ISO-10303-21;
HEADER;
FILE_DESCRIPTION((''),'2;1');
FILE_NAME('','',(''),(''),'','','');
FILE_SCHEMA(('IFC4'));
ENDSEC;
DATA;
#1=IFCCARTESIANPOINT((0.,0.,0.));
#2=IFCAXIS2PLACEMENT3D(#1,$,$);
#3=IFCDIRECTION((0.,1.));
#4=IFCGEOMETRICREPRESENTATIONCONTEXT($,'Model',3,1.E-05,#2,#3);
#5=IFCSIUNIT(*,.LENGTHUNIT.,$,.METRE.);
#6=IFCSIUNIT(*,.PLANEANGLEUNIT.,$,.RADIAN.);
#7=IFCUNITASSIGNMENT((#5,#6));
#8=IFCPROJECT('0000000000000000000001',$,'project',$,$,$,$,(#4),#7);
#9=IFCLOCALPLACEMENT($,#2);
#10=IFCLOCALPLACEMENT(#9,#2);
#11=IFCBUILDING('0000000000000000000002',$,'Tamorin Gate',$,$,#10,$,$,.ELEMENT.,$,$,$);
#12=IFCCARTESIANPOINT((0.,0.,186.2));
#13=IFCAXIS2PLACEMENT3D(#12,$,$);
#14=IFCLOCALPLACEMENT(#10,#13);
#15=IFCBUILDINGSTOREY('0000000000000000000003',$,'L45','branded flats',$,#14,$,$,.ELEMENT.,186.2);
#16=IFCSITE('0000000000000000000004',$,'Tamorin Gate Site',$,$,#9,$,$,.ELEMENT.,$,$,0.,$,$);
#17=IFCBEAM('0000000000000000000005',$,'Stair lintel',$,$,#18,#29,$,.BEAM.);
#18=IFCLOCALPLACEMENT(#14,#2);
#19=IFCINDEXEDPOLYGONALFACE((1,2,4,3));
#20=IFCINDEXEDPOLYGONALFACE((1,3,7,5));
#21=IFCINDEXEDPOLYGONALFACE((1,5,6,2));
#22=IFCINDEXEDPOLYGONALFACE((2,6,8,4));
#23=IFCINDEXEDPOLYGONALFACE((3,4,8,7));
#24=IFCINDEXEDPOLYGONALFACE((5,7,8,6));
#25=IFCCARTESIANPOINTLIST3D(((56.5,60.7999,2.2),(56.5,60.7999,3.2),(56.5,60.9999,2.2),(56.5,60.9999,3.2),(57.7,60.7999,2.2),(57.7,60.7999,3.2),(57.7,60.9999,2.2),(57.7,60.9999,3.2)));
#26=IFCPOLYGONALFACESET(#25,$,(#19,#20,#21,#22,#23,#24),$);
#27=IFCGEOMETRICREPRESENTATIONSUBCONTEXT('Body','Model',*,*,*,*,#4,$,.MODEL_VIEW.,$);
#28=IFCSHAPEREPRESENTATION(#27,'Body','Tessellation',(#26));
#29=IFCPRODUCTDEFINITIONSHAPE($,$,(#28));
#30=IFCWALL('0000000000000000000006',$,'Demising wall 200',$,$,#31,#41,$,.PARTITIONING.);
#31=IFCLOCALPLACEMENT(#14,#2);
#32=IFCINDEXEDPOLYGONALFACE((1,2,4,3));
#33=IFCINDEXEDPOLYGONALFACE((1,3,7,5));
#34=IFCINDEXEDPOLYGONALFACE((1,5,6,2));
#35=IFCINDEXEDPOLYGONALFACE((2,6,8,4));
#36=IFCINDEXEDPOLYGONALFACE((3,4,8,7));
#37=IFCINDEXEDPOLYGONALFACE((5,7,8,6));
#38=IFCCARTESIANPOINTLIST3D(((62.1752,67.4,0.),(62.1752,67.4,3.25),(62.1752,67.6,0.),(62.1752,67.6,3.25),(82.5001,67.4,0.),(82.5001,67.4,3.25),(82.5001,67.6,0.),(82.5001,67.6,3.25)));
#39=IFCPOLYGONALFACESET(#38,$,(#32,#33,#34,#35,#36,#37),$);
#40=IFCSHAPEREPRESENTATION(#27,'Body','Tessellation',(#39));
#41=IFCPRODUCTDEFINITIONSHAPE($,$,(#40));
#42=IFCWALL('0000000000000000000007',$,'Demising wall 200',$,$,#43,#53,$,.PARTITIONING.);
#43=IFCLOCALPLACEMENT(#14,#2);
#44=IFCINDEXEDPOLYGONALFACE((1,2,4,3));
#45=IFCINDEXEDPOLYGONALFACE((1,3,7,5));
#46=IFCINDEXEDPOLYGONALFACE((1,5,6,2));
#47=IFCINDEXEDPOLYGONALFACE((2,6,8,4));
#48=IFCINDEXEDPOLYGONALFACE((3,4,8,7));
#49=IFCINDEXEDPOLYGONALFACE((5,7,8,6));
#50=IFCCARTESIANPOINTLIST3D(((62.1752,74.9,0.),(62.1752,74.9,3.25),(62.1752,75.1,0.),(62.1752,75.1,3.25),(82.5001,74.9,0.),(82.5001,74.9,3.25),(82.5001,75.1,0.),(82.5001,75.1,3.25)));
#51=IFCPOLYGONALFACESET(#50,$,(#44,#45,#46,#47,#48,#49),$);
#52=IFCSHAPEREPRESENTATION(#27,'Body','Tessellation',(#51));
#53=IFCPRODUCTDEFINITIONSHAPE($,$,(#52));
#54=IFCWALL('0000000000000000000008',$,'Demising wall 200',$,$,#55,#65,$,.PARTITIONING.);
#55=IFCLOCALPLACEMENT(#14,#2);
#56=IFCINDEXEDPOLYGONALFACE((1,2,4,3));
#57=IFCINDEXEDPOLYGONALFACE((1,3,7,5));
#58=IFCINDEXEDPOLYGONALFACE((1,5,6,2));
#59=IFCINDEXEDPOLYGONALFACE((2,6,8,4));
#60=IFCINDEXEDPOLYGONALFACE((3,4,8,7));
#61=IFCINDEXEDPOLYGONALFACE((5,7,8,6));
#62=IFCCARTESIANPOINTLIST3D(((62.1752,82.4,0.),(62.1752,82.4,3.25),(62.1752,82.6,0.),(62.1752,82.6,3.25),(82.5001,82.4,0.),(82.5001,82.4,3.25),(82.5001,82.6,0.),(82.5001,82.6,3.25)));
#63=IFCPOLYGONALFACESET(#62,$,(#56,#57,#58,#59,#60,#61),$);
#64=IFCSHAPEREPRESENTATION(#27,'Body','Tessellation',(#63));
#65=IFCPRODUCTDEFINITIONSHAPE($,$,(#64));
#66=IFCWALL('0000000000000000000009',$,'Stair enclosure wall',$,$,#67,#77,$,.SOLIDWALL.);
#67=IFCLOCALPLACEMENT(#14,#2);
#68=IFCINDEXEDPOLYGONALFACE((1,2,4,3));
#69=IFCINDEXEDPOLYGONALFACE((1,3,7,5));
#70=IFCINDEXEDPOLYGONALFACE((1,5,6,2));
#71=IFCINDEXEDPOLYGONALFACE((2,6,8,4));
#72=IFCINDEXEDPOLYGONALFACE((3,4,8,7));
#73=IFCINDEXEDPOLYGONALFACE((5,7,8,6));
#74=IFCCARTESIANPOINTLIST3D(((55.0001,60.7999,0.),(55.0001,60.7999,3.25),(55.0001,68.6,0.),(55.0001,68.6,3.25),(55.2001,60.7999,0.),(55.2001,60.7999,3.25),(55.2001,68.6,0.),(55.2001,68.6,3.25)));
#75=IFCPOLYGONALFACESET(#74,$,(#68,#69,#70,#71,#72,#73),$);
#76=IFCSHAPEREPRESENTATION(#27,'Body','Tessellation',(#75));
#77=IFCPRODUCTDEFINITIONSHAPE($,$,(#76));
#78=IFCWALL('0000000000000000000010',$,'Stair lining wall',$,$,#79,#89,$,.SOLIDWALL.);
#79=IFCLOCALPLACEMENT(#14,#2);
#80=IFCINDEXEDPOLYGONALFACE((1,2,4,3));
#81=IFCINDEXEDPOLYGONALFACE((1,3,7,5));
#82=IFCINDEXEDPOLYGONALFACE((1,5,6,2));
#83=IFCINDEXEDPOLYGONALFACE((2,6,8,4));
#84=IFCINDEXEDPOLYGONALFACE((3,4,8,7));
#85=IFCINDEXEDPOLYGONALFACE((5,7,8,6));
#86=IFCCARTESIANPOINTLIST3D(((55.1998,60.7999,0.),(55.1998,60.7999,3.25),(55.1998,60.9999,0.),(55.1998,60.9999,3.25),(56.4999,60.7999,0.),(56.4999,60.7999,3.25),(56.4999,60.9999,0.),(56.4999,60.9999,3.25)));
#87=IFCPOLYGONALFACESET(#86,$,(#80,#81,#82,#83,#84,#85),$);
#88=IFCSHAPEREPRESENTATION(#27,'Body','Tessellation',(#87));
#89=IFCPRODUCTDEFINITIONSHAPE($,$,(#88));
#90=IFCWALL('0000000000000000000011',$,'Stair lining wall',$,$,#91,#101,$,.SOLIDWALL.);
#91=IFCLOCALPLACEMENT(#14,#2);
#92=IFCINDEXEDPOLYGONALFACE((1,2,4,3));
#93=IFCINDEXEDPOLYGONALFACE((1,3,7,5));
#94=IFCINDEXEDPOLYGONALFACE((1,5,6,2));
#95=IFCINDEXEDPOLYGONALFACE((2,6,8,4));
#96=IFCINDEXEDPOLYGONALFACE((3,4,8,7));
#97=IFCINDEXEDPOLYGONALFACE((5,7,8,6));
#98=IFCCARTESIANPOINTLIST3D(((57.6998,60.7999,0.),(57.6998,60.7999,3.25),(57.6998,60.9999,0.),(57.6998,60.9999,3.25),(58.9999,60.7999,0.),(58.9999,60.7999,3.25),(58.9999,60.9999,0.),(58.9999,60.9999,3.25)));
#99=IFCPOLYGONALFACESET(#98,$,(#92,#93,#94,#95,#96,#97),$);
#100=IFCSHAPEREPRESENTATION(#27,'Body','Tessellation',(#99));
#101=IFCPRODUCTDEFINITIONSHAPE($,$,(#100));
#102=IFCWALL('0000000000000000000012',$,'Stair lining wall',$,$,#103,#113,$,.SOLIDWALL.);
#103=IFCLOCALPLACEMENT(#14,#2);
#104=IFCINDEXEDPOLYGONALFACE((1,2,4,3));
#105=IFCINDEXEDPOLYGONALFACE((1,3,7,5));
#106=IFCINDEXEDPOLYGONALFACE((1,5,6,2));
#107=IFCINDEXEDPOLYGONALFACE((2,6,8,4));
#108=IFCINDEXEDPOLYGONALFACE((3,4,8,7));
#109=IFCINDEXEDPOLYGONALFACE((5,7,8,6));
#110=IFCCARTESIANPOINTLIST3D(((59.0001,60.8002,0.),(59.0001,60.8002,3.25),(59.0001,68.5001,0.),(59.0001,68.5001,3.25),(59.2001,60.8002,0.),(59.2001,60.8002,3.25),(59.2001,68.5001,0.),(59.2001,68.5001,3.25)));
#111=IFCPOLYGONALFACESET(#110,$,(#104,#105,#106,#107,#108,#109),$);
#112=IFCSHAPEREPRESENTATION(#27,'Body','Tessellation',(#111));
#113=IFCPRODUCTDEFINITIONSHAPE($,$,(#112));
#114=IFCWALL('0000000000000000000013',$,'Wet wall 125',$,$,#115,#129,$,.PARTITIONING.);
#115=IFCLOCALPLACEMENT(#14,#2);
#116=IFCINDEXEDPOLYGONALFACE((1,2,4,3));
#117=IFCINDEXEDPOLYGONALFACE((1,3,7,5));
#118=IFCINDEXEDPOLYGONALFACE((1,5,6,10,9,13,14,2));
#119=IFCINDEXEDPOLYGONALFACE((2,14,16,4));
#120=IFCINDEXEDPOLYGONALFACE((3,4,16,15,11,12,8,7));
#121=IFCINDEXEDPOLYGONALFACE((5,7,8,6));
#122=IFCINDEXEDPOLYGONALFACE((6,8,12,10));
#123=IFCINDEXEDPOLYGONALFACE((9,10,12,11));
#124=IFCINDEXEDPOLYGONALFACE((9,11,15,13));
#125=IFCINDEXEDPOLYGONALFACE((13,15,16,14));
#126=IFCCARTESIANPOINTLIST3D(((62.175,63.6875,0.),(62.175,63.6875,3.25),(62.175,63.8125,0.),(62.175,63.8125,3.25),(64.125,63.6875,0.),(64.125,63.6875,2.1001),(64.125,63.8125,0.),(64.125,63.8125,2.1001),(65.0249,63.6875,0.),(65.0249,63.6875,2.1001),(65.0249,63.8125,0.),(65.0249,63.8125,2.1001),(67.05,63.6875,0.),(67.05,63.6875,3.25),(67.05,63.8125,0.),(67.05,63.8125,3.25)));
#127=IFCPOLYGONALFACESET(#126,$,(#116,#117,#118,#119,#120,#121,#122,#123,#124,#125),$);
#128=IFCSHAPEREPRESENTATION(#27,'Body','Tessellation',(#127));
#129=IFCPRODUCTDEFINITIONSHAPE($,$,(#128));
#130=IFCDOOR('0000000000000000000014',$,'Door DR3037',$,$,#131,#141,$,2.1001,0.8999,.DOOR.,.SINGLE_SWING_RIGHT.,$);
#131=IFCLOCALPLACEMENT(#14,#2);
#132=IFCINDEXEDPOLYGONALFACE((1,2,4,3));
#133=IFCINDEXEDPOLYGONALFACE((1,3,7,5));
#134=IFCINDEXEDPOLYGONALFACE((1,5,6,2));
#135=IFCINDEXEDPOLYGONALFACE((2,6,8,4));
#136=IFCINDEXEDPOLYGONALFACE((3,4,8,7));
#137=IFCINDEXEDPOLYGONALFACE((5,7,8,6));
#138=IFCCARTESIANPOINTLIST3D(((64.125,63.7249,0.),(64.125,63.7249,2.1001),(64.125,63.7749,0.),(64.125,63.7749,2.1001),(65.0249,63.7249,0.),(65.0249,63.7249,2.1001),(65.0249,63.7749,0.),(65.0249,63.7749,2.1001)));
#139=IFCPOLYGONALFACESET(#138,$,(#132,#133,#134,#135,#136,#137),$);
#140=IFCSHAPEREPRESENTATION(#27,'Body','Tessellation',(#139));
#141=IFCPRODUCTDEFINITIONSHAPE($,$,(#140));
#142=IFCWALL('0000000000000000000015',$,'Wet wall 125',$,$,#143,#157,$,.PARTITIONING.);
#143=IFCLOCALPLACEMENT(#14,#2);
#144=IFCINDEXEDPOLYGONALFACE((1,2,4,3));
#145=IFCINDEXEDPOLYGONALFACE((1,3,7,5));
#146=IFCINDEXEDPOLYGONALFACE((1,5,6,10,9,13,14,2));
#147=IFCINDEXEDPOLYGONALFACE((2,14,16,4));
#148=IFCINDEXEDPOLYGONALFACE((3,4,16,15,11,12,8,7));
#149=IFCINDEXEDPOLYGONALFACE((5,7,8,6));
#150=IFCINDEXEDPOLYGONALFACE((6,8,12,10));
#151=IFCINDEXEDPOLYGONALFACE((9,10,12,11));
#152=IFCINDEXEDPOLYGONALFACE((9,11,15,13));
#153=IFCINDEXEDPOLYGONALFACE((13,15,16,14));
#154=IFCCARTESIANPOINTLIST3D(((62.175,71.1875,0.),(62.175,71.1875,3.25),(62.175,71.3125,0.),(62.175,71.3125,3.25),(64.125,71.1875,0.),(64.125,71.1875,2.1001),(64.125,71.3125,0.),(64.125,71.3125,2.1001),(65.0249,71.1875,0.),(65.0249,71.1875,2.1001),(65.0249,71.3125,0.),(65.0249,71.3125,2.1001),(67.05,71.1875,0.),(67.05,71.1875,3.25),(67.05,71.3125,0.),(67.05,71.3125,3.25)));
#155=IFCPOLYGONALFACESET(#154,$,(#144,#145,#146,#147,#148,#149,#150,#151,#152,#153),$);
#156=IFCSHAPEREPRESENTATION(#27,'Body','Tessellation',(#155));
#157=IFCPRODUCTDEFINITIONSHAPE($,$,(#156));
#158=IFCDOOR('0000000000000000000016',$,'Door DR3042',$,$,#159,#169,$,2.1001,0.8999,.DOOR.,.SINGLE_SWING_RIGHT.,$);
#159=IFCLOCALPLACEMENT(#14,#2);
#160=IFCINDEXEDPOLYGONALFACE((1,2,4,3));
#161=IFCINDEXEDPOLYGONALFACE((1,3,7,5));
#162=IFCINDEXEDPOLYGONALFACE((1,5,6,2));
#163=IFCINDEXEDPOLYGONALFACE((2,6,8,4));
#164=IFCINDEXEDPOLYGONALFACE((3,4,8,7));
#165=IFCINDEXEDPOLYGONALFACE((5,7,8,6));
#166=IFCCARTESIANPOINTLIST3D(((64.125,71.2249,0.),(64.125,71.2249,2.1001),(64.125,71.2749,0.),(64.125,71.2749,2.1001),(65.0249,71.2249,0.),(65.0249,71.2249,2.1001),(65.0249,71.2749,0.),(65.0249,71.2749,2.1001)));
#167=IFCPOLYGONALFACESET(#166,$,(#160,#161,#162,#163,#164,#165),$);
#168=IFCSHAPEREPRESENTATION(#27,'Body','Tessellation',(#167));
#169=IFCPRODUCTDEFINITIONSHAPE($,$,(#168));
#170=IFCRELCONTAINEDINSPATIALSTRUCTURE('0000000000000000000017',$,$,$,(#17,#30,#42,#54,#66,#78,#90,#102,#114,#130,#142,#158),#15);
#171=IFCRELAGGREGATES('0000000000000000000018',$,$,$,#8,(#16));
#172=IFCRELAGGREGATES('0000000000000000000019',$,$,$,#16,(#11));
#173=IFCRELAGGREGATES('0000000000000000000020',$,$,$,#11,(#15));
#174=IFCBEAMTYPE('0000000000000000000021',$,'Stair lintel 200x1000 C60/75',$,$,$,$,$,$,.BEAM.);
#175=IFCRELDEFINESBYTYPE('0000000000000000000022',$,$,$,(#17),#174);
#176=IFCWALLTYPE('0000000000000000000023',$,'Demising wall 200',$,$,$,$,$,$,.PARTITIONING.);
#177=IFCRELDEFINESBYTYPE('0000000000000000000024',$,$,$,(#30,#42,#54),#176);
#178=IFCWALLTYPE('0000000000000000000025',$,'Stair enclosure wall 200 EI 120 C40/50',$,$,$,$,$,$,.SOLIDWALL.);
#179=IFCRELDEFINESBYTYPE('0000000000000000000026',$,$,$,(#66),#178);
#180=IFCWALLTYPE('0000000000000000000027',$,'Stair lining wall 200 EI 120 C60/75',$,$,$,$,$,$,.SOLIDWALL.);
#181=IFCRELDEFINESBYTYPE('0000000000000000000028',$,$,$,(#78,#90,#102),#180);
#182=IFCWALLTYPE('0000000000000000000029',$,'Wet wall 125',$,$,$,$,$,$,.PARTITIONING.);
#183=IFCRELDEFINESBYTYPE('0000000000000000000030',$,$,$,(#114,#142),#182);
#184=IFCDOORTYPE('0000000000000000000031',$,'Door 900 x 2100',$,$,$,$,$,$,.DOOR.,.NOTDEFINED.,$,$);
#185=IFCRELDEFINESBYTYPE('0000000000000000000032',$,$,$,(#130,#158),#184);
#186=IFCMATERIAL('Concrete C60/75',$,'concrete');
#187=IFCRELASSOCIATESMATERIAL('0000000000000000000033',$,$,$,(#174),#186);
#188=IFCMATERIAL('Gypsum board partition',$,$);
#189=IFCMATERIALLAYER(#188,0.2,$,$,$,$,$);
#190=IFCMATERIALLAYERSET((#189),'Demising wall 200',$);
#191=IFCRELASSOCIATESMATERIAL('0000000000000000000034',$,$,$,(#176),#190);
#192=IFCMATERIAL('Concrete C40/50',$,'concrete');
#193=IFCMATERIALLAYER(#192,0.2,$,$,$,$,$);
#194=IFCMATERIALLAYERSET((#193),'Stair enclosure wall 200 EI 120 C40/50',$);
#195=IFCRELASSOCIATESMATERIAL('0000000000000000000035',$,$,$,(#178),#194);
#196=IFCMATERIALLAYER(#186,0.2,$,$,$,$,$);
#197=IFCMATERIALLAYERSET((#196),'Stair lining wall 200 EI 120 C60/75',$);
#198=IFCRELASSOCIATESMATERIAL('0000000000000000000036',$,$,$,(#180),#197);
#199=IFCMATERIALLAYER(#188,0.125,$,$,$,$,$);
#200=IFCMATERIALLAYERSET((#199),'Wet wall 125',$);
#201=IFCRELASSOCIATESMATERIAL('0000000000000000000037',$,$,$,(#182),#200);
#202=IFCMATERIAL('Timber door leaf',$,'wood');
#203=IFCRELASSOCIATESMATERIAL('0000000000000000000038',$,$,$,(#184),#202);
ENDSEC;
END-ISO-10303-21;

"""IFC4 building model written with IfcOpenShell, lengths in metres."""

from ifc_helpers import new_model, si_unit, direction, frame, frame_2d, origin, origin_2d, place, context, subcontext, project, spatial, rectangle, extrude, material, layer, layer_set, material_profile, profile_set, type_object, element, fill, save


model = new_model("IFC4")

# Units and contexts
model_context = context("Model", 3, precision=1e-05, world=origin(), true_north=direction((0.0, 1.0)))
body_context = subcontext(model_context, "Body", "Model", "MODEL_VIEW")
ifc_project = project(units=[si_unit("LENGTHUNIT", "METRE"), si_unit("PLANEANGLEUNIT", "RADIAN")], contexts=[model_context])

# Site, building, storey
site_placement = place(None, origin())
site = spatial("IfcSite", under=ifc_project, at=site_placement, Name="Tamorin Gate Site", CompositionType="ELEMENT", RefElevation=0.0)
building_placement = place(site_placement, origin())
building = spatial("IfcBuilding", under=site, at=building_placement, Name="Tamorin Gate", CompositionType="ELEMENT")
storey_placement = place(building_placement, frame((0.0, 0.0, 186.2)))
storey = spatial("IfcBuildingStorey", under=building, at=storey_placement, Name="L45", Description="branded flats", CompositionType="ELEMENT", Elevation=186.2)

# Beam
ifc_material_1 = material(Name="Concrete C60/75", Category="concrete")
ifc_material_profile = material_profile(ifc_material_1, rectangle(XDim=0.2, YDim=1.0, at=origin_2d()))
ifc_profile_set = profile_set([ifc_material_profile], Name="Concrete C60/75")
beam_type = type_object("IfcBeamType", Name="Stair lintel 200x1000 C60/75", PredefinedType="BEAM", material=ifc_profile_set)
beam_placement = place(storey_placement, frame((56.5, 60.8999, 2.7), z_axis=(1.0, 0.0, 0.0), x_axis=(0.0, 1.0, 0.0)))
element("IfcBeam", 1, at=beam_placement, inside=storey, type_object=beam_type, Name="Stair lintel", PredefinedType="BEAM", context=body_context, shape_type="SweptSolid", body=[
    extrude(rectangle(XDim=0.2, YDim=1.0, at=origin_2d()), origin(), (0.0, 0.0, 1.0), 1.2),
])

# Walls
ifc_material_2 = material(Name="Gypsum board partition")
ifc_layer_1 = layer(ifc_material_2, 0.2)
ifc_layer_set_1 = layer_set([ifc_layer_1], Name="Demising wall 200")
wall_type_1 = type_object("IfcWallType", Name="Demising wall 200", PredefinedType="PARTITIONING", material=ifc_layer_set_1)
for number, where, z_axis, x_axis, name in (
    (2, (62.175, 67.5, 0.0), (0.0, 0.0, 1.0), (1.0, 0.0, 0.0), "Demising wall 200"),
    (3, (62.175, 75.0, 0.0), (0.0, 0.0, 1.0), (1.0, 0.0, 0.0), "Demising wall 200"),
    (4, (62.175, 82.5, 0.0), (0.0, 0.0, 1.0), (1.0, 0.0, 0.0), "Demising wall 200"),
):
    element("IfcWall", number, at=place(storey_placement, frame(where, z_axis=z_axis, x_axis=x_axis)), inside=storey, type_object=wall_type_1, Name=name, PredefinedType="PARTITIONING", context=body_context, shape_type="SweptSolid", body=[
        extrude(rectangle(XDim=20.325, YDim=0.2, at=frame_2d((10.1626, 0.0))), origin(), (0.0, 0.0, 1.0), 3.25),
    ])
ifc_material_3 = material(Name="Concrete C40/50", Category="concrete")
ifc_layer_2 = layer(ifc_material_3, 0.2)
ifc_layer_set_2 = layer_set([ifc_layer_2], Name="Stair enclosure wall 200 EI 120 C40/50")
wall_type_2 = type_object("IfcWallType", Name="Stair enclosure wall 200 EI 120 C40/50", PredefinedType="SOLIDWALL", material=ifc_layer_set_2)
wall_1_placement = place(storey_placement, frame((55.1001, 60.8, 0.0), z_axis=(0.0, 0.0, 1.0), x_axis=(0.0, 1.0, 0.0)))
element("IfcWall", 5, at=wall_1_placement, inside=storey, type_object=wall_type_2, Name="Stair enclosure wall", PredefinedType="SOLIDWALL", context=body_context, shape_type="SweptSolid", body=[
    extrude(rectangle(XDim=7.8, YDim=0.2, at=frame_2d((3.8999, 0.0))), origin(), (0.0, 0.0, 1.0), 3.25),
])
ifc_layer_3 = layer(ifc_material_1, 0.2)
ifc_layer_set_3 = layer_set([ifc_layer_3], Name="Stair lining wall 200 EI 120 C60/75")
wall_type_3 = type_object("IfcWallType", Name="Stair lining wall 200 EI 120 C60/75", PredefinedType="SOLIDWALL", material=ifc_layer_set_3)
for number, where, z_axis, x_axis, name in (
    (6, (55.2, 60.8999, 0.0), (0.0, 0.0, 1.0), (1.0, 0.0, 0.0), "Stair lining wall"),
    (7, (57.7, 60.8999, 0.0), (0.0, 0.0, 1.0), (1.0, 0.0, 0.0), "Stair lining wall"),
):
    element("IfcWall", number, at=place(storey_placement, frame(where, z_axis=z_axis, x_axis=x_axis)), inside=storey, type_object=wall_type_3, Name=name, PredefinedType="SOLIDWALL", context=body_context, shape_type="SweptSolid", body=[
        extrude(rectangle(XDim=1.3, YDim=0.2, at=frame_2d((0.6499, 0.0))), origin(), (0.0, 0.0, 1.0), 3.25),
    ])
wall_2_placement = place(storey_placement, frame((59.1001, 60.8, 0.0), z_axis=(0.0, 0.0, 1.0), x_axis=(0.0, 1.0, 0.0)))
element("IfcWall", 8, at=wall_2_placement, inside=storey, type_object=wall_type_3, Name="Stair lining wall", PredefinedType="SOLIDWALL", context=body_context, shape_type="SweptSolid", body=[
    extrude(rectangle(XDim=7.7, YDim=0.2, at=frame_2d((3.8501, 0.0))), origin(), (0.0, 0.0, 1.0), 3.25),
])

# Walls, openings, doors
ifc_layer_4 = layer(ifc_material_2, 0.125)
ifc_layer_set_4 = layer_set([ifc_layer_4], Name="Wet wall 125")
wall_type_4 = type_object("IfcWallType", Name="Wet wall 125", PredefinedType="PARTITIONING", material=ifc_layer_set_4)
wall_3_placement = place(storey_placement, frame((62.175, 63.75, 0.0), z_axis=(0.0, 0.0, 1.0), x_axis=(1.0, 0.0, 0.0)))
wall_3 = element("IfcWall", 9, at=wall_3_placement, inside=storey, type_object=wall_type_4, Name="Wet wall 125", PredefinedType="PARTITIONING", context=body_context, shape_type="SweptSolid", body=[
    extrude(rectangle(XDim=4.875, YDim=0.125, at=frame_2d((2.4375, 0.0))), origin(), (0.0, 0.0, 1.0), 3.25),
])
opening_1_placement = place(wall_3_placement, frame((1.95, 0.0, 0.0)))
opening_1 = element("IfcOpeningElement", 10, at=opening_1_placement, cuts=wall_3, PredefinedType="OPENING", context=body_context, shape_type="SweptSolid", body=[
    extrude(rectangle(XDim=0.8999, YDim=2.1001, at=frame_2d((0.45, 1.05))), frame((0.0, 0.0725, 0.0), z_axis=(0.0, -1.0, 0.0), x_axis=(1.0, 0.0, 0.0)), (0.0, 0.0, 1.0), 0.145),
])
ifc_material_4 = material(Name="Timber door leaf", Category="wood")
door_type = type_object("IfcDoorType", Name="Door 900 x 2100", OperationType="NOTDEFINED", PredefinedType="DOOR", material=ifc_material_4)
door_1_placement = place(opening_1_placement, origin())
door_1 = element("IfcDoor", 11, at=door_1_placement, inside=storey, type_object=door_type, Name="Door DR3037", OperationType="SINGLE_SWING_RIGHT", OverallHeight=2.1001, OverallWidth=0.8999, PredefinedType="DOOR", context=body_context, shape_type="SweptSolid", body=[
    extrude(rectangle(XDim=0.8999, YDim=2.1001, at=frame_2d((0.45, 1.05))), frame((0.0, 0.0249, 0.0), z_axis=(0.0, -1.0, 0.0), x_axis=(1.0, 0.0, 0.0)), (0.0, 0.0, 1.0), 0.05),
])
fill(opening_1, door_1)
wall_4_placement = place(storey_placement, frame((62.175, 71.25, 0.0), z_axis=(0.0, 0.0, 1.0), x_axis=(1.0, 0.0, 0.0)))
wall_4 = element("IfcWall", 12, at=wall_4_placement, inside=storey, type_object=wall_type_4, Name="Wet wall 125", PredefinedType="PARTITIONING", context=body_context, shape_type="SweptSolid", body=[
    extrude(rectangle(XDim=4.875, YDim=0.125, at=frame_2d((2.4375, 0.0))), origin(), (0.0, 0.0, 1.0), 3.25),
])
opening_2_placement = place(wall_4_placement, frame((1.95, 0.0, 0.0)))
opening_2 = element("IfcOpeningElement", 13, at=opening_2_placement, cuts=wall_4, PredefinedType="OPENING", context=body_context, shape_type="SweptSolid", body=[
    extrude(rectangle(XDim=0.8999, YDim=2.1001, at=frame_2d((0.45, 1.05))), frame((0.0, 0.0725, 0.0), z_axis=(0.0, -1.0, 0.0), x_axis=(1.0, 0.0, 0.0)), (0.0, 0.0, 1.0), 0.145),
])
door_2_placement = place(opening_2_placement, origin())
door_2 = element("IfcDoor", 14, at=door_2_placement, inside=storey, type_object=door_type, Name="Door DR3042", OperationType="SINGLE_SWING_RIGHT", OverallHeight=2.1001, OverallWidth=0.8999, PredefinedType="DOOR", context=body_context, shape_type="SweptSolid", body=[
    extrude(rectangle(XDim=0.8999, YDim=2.1001, at=frame_2d((0.45, 1.05))), frame((0.0, 0.0249, 0.0), z_axis=(0.0, -1.0, 0.0), x_axis=(1.0, 0.0, 0.0)), (0.0, 0.0, 1.0), 0.05),
])
fill(opening_2, door_2)

save(model, "model.ifc")
